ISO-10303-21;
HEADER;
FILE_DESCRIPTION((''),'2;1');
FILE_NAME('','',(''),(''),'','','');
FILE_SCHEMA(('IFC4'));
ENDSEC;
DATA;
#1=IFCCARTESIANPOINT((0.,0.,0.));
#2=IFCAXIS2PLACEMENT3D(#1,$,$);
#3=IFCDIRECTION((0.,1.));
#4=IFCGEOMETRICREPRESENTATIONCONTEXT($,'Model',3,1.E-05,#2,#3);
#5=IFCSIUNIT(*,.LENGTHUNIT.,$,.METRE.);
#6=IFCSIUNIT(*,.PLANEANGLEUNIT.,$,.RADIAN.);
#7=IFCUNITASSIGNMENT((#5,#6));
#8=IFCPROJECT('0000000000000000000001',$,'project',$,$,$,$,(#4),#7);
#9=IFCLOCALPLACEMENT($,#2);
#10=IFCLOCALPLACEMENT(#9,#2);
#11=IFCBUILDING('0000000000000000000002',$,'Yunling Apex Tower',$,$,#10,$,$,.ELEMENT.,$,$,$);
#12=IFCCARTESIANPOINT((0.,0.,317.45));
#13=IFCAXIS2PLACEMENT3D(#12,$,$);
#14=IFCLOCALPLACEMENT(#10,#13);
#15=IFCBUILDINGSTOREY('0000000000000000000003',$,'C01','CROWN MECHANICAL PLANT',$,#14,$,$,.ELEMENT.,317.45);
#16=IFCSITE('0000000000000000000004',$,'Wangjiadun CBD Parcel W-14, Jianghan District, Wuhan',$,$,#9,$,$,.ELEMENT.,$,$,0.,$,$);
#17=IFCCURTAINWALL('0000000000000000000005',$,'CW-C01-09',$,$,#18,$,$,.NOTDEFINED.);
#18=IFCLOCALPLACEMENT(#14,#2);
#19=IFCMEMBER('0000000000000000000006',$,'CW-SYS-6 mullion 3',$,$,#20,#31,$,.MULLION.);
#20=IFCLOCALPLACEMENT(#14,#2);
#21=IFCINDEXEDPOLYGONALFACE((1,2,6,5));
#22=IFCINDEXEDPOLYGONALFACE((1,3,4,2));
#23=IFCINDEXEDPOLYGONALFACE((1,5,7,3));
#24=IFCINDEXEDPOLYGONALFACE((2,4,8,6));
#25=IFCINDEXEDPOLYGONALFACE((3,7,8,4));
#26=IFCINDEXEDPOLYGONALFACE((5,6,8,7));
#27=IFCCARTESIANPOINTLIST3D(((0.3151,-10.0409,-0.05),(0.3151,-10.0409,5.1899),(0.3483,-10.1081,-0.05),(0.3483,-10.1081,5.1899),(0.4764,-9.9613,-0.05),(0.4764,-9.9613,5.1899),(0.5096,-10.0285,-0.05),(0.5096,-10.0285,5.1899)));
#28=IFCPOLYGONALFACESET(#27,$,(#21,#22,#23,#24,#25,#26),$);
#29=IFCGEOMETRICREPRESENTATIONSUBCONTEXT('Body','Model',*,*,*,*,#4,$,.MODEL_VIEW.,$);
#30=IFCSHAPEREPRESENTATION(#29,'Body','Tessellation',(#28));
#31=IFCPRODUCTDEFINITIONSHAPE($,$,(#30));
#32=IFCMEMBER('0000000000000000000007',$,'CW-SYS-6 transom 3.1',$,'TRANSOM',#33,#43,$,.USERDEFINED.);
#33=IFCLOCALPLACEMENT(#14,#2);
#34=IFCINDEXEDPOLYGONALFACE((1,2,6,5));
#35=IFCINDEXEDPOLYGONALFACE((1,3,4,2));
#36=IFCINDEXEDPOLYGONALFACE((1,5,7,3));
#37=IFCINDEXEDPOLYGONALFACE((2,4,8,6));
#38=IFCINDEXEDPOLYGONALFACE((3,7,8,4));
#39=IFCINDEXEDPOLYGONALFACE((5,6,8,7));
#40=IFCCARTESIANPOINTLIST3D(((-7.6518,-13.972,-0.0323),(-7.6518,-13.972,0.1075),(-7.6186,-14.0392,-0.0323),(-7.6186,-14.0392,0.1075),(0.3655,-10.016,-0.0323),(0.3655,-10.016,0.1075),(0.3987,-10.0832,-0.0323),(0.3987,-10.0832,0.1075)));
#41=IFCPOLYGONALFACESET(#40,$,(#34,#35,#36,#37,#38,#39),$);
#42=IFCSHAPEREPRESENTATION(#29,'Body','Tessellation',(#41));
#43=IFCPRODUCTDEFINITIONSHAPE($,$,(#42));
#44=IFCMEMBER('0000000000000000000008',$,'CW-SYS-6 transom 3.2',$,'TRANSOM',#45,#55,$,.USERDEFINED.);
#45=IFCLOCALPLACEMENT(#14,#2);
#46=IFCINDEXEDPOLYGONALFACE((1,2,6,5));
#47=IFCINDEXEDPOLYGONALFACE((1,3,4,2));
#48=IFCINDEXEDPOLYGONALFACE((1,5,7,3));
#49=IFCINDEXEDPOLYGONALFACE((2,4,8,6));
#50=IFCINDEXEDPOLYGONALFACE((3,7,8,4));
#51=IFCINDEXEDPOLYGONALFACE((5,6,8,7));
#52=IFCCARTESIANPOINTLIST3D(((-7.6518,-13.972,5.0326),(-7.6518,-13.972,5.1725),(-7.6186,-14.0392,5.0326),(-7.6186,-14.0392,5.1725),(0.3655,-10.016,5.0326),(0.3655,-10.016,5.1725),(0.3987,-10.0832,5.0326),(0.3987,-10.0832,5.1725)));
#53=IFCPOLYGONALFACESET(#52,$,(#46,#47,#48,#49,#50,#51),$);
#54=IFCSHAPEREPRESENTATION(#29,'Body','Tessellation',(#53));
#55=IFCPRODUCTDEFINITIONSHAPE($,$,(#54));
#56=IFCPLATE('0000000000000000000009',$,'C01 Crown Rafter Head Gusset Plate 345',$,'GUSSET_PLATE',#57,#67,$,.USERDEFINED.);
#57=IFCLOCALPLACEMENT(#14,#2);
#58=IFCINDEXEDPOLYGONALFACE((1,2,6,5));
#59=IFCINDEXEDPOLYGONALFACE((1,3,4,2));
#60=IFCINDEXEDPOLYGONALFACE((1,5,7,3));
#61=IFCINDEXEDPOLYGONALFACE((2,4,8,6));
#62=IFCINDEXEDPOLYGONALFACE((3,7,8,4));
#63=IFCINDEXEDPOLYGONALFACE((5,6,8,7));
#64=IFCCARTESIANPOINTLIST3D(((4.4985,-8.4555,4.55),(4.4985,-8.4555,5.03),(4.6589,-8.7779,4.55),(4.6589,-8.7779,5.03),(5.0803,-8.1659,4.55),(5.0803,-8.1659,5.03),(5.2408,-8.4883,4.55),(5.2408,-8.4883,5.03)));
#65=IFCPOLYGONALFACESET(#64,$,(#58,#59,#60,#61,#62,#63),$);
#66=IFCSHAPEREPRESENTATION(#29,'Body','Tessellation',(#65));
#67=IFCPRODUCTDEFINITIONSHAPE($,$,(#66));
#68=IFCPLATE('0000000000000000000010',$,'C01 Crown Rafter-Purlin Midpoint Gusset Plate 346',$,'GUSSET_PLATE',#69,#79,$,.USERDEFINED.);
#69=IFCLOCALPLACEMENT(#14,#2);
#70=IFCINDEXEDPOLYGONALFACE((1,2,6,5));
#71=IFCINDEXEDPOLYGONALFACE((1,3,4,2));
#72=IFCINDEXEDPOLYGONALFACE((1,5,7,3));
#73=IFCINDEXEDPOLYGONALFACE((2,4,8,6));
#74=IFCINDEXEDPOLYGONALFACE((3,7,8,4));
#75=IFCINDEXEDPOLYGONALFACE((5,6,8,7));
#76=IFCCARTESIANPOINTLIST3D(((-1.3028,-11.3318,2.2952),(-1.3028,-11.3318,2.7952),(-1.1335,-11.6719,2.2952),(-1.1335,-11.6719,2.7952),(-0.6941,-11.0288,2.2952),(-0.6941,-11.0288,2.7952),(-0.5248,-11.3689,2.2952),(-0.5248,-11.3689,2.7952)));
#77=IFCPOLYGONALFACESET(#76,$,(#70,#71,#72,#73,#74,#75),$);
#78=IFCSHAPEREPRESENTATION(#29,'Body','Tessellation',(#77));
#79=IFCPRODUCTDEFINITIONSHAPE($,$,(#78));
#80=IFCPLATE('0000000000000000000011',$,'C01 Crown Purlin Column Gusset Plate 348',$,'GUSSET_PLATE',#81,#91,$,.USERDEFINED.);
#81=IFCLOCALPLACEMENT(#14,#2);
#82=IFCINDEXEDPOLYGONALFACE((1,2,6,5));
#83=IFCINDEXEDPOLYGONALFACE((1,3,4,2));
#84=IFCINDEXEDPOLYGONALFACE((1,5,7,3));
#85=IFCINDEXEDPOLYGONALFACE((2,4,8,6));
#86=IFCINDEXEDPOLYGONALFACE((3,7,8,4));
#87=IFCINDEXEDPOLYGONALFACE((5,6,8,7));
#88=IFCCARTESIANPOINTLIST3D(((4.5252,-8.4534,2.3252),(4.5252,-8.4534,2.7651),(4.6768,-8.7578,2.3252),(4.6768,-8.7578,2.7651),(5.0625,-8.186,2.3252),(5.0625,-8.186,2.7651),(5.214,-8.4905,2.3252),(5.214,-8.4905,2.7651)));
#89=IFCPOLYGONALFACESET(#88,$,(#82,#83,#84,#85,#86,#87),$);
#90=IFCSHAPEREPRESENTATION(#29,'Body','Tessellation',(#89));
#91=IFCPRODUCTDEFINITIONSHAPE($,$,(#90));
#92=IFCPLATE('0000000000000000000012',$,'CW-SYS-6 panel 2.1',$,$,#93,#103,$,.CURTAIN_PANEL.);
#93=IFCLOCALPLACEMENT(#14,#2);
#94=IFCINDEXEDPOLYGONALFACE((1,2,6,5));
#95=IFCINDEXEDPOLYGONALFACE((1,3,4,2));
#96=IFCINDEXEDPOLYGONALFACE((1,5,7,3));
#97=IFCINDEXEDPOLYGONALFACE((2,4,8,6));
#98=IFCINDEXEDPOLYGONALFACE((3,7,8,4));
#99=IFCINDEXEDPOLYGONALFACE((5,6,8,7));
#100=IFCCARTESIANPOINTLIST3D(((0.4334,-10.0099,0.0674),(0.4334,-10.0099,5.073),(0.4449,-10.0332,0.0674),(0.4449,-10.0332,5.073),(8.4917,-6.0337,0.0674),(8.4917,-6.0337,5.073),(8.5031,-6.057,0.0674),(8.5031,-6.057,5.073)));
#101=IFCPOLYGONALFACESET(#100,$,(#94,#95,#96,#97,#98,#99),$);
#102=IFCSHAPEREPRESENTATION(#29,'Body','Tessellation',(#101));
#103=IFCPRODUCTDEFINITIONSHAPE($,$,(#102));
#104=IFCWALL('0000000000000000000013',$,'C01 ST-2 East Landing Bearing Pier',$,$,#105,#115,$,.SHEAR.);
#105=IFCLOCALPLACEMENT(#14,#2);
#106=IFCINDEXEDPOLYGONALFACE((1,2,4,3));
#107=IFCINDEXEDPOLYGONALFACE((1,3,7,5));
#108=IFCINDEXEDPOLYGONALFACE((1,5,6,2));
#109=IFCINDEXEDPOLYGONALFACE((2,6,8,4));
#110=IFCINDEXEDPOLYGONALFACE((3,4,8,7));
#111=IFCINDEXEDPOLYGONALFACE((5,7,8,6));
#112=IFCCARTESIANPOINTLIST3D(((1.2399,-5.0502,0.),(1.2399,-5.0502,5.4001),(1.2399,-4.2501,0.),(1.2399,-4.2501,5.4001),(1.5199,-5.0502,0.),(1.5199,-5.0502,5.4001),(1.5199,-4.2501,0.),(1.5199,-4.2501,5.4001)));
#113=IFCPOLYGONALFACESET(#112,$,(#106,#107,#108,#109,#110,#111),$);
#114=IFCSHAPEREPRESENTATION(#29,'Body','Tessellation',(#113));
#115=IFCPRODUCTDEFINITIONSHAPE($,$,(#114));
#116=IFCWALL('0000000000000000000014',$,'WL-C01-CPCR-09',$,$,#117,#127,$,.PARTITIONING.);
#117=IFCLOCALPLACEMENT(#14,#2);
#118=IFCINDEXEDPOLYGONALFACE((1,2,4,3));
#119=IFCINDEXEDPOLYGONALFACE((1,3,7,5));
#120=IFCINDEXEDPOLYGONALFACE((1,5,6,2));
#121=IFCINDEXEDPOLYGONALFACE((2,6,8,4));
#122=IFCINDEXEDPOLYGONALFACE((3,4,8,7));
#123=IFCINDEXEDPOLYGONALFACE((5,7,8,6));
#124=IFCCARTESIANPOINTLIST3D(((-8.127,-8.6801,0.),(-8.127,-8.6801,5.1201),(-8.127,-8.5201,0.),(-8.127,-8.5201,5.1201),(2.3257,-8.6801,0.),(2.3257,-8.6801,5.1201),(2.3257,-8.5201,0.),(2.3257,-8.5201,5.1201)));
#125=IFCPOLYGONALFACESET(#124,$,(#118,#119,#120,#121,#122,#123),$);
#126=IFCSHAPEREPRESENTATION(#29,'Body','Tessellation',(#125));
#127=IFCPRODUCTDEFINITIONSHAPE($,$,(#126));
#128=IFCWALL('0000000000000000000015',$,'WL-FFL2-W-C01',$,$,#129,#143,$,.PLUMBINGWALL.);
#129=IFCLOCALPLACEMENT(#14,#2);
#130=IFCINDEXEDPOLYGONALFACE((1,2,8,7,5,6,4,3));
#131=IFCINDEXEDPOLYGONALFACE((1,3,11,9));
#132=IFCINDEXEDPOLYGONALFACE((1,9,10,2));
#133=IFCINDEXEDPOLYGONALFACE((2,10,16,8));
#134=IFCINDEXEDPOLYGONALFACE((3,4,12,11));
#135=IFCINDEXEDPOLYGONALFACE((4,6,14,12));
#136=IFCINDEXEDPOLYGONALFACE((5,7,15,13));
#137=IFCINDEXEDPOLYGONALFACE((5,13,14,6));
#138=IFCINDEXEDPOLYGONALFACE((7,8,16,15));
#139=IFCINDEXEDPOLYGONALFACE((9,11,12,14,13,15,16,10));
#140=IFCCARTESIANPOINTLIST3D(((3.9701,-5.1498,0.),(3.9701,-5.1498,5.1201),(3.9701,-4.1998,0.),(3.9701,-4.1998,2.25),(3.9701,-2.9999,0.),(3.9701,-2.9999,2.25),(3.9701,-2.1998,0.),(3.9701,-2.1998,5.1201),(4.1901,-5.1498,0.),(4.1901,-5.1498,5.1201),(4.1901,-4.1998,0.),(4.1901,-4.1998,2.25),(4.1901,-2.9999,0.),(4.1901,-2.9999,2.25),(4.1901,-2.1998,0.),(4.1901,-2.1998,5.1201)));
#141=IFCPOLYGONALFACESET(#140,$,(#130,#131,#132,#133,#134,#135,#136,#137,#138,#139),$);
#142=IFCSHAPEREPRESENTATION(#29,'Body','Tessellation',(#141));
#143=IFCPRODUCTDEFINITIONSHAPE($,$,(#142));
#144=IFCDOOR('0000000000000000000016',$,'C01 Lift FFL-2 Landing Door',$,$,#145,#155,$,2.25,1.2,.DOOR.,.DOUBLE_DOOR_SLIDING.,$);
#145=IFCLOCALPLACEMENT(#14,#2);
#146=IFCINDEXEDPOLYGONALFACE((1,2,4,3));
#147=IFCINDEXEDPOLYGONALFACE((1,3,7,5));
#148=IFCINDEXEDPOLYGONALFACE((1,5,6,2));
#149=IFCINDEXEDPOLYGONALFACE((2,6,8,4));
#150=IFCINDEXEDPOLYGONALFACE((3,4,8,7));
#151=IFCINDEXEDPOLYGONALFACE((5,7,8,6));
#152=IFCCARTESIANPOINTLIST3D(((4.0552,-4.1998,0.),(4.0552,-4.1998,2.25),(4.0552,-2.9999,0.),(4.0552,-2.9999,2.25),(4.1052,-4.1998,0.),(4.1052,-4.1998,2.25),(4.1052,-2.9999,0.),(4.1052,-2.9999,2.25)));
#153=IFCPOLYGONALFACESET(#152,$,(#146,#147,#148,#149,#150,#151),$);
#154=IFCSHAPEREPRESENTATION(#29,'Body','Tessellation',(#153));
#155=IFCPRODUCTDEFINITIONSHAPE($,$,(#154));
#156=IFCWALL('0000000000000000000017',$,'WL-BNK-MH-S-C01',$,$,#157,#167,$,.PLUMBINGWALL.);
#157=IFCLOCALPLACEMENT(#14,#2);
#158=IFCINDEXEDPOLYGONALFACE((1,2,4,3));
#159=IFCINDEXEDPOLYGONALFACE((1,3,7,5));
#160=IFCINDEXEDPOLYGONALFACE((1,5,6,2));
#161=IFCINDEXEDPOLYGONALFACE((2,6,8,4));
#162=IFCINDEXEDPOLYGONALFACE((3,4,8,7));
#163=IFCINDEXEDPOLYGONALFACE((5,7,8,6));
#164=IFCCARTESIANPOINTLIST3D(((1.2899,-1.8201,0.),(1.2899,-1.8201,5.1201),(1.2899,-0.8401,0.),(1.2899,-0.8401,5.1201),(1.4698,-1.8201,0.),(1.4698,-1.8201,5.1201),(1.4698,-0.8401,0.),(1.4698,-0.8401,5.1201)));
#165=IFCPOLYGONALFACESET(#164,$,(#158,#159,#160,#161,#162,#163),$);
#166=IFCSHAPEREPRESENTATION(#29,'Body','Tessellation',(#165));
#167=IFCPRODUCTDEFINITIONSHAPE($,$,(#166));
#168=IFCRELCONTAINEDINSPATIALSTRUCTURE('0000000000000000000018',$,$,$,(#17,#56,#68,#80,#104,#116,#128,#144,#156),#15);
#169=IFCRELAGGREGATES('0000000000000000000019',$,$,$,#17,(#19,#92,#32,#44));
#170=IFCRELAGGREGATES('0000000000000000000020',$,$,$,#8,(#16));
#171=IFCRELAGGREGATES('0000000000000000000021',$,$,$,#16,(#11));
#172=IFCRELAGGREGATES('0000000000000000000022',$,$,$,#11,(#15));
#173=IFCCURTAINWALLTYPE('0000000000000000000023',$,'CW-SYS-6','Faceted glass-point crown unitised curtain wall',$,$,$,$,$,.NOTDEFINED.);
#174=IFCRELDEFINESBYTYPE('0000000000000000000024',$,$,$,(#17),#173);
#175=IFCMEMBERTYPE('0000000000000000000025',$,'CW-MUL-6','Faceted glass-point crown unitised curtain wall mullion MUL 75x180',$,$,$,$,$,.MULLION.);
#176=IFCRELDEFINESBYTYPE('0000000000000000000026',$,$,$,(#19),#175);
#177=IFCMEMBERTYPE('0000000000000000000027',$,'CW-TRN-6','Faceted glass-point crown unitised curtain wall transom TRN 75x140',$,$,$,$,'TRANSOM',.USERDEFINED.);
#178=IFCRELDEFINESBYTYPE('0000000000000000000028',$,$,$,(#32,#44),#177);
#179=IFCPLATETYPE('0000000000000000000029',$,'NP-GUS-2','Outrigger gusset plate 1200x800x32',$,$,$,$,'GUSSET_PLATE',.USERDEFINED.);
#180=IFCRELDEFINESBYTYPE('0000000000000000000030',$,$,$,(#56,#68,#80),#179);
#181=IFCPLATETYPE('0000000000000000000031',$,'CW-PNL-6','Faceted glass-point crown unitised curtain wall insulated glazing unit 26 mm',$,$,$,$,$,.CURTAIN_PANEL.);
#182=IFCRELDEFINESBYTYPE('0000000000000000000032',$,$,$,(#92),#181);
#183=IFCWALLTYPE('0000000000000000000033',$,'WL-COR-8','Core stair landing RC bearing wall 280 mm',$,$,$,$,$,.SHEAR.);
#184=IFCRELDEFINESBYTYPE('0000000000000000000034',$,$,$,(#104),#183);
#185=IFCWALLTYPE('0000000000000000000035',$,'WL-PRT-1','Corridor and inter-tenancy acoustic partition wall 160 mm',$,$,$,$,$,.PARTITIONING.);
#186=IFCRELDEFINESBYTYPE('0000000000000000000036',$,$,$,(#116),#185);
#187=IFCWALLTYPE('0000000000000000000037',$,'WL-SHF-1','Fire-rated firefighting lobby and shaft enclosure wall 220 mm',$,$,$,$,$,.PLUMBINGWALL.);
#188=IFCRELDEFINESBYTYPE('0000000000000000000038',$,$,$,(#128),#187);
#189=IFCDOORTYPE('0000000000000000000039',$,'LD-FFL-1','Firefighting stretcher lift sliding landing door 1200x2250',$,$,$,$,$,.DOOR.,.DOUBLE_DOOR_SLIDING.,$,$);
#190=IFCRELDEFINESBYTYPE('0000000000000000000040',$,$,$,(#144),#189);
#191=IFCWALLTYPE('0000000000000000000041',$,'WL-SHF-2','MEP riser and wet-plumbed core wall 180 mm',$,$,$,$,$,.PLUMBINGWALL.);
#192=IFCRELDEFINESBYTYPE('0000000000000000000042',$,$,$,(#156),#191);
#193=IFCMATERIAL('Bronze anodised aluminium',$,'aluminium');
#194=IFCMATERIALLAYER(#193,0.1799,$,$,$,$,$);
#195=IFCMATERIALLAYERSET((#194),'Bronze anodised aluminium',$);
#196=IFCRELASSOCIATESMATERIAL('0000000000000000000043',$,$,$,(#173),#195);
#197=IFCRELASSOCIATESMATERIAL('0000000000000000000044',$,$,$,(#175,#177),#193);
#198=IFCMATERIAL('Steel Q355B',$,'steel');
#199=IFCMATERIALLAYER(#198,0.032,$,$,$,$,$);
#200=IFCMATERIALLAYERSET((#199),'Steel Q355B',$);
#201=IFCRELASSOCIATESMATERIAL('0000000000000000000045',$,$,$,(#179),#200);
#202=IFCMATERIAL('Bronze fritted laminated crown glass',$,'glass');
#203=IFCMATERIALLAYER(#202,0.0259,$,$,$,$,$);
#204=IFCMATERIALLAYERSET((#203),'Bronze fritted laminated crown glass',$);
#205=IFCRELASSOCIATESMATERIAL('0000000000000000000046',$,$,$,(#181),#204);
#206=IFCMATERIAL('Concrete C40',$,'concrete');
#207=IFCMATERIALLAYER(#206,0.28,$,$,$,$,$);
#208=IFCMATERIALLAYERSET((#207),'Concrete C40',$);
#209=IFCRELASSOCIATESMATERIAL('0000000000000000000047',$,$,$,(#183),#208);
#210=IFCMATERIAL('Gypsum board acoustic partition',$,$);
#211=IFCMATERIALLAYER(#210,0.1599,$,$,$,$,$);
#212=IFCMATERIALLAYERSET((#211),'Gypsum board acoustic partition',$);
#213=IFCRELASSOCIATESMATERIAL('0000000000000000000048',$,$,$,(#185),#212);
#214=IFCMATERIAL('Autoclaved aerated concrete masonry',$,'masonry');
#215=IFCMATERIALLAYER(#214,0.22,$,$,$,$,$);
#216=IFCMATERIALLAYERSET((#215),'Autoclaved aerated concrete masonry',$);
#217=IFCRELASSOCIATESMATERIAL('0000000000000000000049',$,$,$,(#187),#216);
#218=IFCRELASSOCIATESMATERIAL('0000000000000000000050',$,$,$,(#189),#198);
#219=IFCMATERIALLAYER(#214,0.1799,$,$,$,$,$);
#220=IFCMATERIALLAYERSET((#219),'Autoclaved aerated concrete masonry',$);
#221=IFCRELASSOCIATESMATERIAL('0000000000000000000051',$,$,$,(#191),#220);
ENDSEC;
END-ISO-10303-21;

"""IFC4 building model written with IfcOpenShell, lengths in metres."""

from ifc_helpers import new_model, si_unit, direction, frame, frame_2d, origin, origin_2d, place, context, subcontext, project, spatial, rectangle, extrude, source, transform, mapped, material, layer, layer_set, material_profile, profile_set, type_object, element, fill, aggregate, save


model = new_model("IFC4")

# Units and contexts
model_context = context("Model", 3, precision=1e-05, world=origin(), true_north=direction((0.0, 1.0)))
body_context = subcontext(model_context, "Body", "Model", "MODEL_VIEW")
ifc_project = project(units=[si_unit("LENGTHUNIT", "METRE"), si_unit("PLANEANGLEUNIT", "RADIAN")], contexts=[model_context])

# Site, building, storey
site_placement = place(None, origin())
site = spatial("IfcSite", under=ifc_project, at=site_placement, Name="Wangjiadun CBD Parcel W-14, Jianghan District, Wuhan", CompositionType="ELEMENT", RefElevation=0.0)
building_placement = place(site_placement, origin())
building = spatial("IfcBuilding", under=site, at=building_placement, Name="Yunling Apex Tower", CompositionType="ELEMENT")
storey_placement = place(building_placement, frame((0.0, 0.0, 317.45)))
storey = spatial("IfcBuildingStorey", under=building, at=storey_placement, Name="C01", Description="CROWN MECHANICAL PLANT", CompositionType="ELEMENT", Elevation=317.45)

# Shared definitions
ifc_material_1 = material(Name="Steel Q355B", Category="steel")

# Curtain wall, members
ifc_material_2 = material(Name="Bronze anodised aluminium", Category="aluminium")
ifc_layer_1 = layer(ifc_material_2, 0.1799)
ifc_layer_set_1 = layer_set([ifc_layer_1], Name="Bronze anodised aluminium")
curtain_wall_type = type_object("IfcCurtainWallType", Name="CW-SYS-6", Description="Faceted glass-point crown unitised curtain wall", PredefinedType="NOTDEFINED", material=ifc_layer_set_1)
curtain_wall_placement = place(storey_placement, origin())
curtain_wall = element("IfcCurtainWall", 1, at=curtain_wall_placement, inside=storey, type_object=curtain_wall_type, Name="CW-C01-09", PredefinedType="NOTDEFINED")
ifc_material_profile_1 = material_profile(ifc_material_2, rectangle(XDim=0.075, YDim=0.1799, at=origin_2d()))
ifc_profile_set_1 = profile_set([ifc_material_profile_1], Name="Bronze anodised aluminium")
member_type_1 = type_object("IfcMemberType", Name="CW-MUL-6", Description="Faceted glass-point crown unitised curtain wall mullion MUL 75x180", PredefinedType="MULLION", material=ifc_profile_set_1)
shared_shape_1 = source(origin(), body_context, "Body", "SweptSolid", [
    extrude(rectangle(XDim=0.075, YDim=0.1799, at=origin_2d()), origin(), (0.0, 0.0, 1.0), 5.24),
])
member_1_placement = place(storey_placement, frame((0.4124, -10.0347, -0.05), z_axis=(0.0, 0.0, 1.0), x_axis=(0.442496, -0.89677, 0.0)))
member_1 = element("IfcMember", 2, at=member_1_placement, type_object=member_type_1, Name="CW-SYS-6 mullion 3", PredefinedType="MULLION", context=body_context, shape_type="MappedRepresentation", body=[
    mapped(shared_shape_1, transform((0.0, 0.0, 0.0), scale=1.0)),
])
ifc_material_profile_2 = material_profile(ifc_material_2, rectangle(XDim=0.075, YDim=0.1399, at=origin_2d()))
ifc_profile_set_2 = profile_set([ifc_material_profile_2], Name="Bronze anodised aluminium")
member_type_2 = type_object("IfcMemberType", Name="CW-TRN-6", Description="Faceted glass-point crown unitised curtain wall transom TRN 75x140", ElementType="TRANSOM", PredefinedType="USERDEFINED", material=ifc_profile_set_2)
shared_shape_2 = source(origin(), body_context, "Body", "SweptSolid", [
    extrude(rectangle(XDim=0.075, YDim=0.1399, at=origin_2d()), origin(), (0.0, 0.0, 1.0), 8.9402),
])
member_2_placement = place(storey_placement, frame((0.3821, -10.0496, 0.0376), z_axis=(-0.896769, -0.442499, 0.0), x_axis=(0.442499, -0.896769, 0.0)))
member_2 = element("IfcMember", 3, at=member_2_placement, type_object=member_type_2, Name="CW-SYS-6 transom 3.1", ObjectType="TRANSOM", PredefinedType="USERDEFINED", context=body_context, shape_type="MappedRepresentation", body=[
    mapped(shared_shape_2, transform((0.0, 0.0, 0.0), scale=1.0)),
])
member_3_placement = place(storey_placement, frame((0.3821, -10.0496, 5.1025), z_axis=(-0.896769, -0.442499, 0.0), x_axis=(0.442499, -0.896769, 0.0)))
member_3 = element("IfcMember", 4, at=member_3_placement, type_object=member_type_2, Name="CW-SYS-6 transom 3.2", ObjectType="TRANSOM", PredefinedType="USERDEFINED", context=body_context, shape_type="MappedRepresentation", body=[
    mapped(shared_shape_2, transform((0.0, 0.0, 0.0), scale=1.0)),
])

# Plates
ifc_layer_2 = layer(ifc_material_1, 0.032)
ifc_layer_set_2 = layer_set([ifc_layer_2], Name="Steel Q355B")
plate_type_1 = type_object("IfcPlateType", Name="NP-GUS-2", Description="Outrigger gusset plate 1200x800x32", ElementType="GUSSET_PLATE", PredefinedType="USERDEFINED", material=ifc_layer_set_2)
shared_shape_3 = source(origin(), body_context, "Body", "SweptSolid", [
    extrude(rectangle(XDim=0.6499, YDim=0.3601, at=origin_2d()), origin(), (0.0, 0.0, 1.0), 0.48),
])
plate_1_placement = place(storey_placement, frame((4.8696, -8.4719, 4.55), z_axis=(0.0, 0.0, 1.0), x_axis=(0.895246, 0.445573, 0.0)))
element("IfcPlate", 5, at=plate_1_placement, inside=storey, type_object=plate_type_1, Name="C01 Crown Rafter Head Gusset Plate 345", ObjectType="GUSSET_PLATE", PredefinedType="USERDEFINED", context=body_context, shape_type="MappedRepresentation", body=[
    mapped(shared_shape_3, transform((0.0, 0.0, 0.0), scale=1.0)),
])
shared_shape_4 = source(origin(), body_context, "Body", "SweptSolid", [
    extrude(rectangle(XDim=0.6799, YDim=0.3799, at=origin_2d()), origin(), (0.0, 0.0, 1.0), 0.5),
])
plate_2_placement = place(storey_placement, frame((-0.9138, -11.3503, 2.2952), z_axis=(0.0, 0.0, 1.0), x_axis=(0.895246, 0.445573, 0.0)))
element("IfcPlate", 6, at=plate_2_placement, inside=storey, type_object=plate_type_1, Name="C01 Crown Rafter-Purlin Midpoint Gusset Plate 346", ObjectType="GUSSET_PLATE", PredefinedType="USERDEFINED", context=body_context, shape_type="MappedRepresentation", body=[
    mapped(shared_shape_4, transform((0.0, 0.0, 0.0), scale=1.0)),
])
shared_shape_5 = source(origin(), body_context, "Body", "SweptSolid", [
    extrude(rectangle(XDim=0.6001, YDim=0.3401, at=origin_2d()), origin(), (0.0, 0.0, 1.0), 0.4399),
])
plate_3_placement = place(storey_placement, frame((4.8696, -8.4719, 2.3252), z_axis=(0.0, 0.0, 1.0), x_axis=(0.895246, 0.445573, 0.0)))
element("IfcPlate", 7, at=plate_3_placement, inside=storey, type_object=plate_type_1, Name="C01 Crown Purlin Column Gusset Plate 348", ObjectType="GUSSET_PLATE", PredefinedType="USERDEFINED", context=body_context, shape_type="MappedRepresentation", body=[
    mapped(shared_shape_5, transform((0.0, 0.0, 0.0), scale=1.0)),
])

# Plate
ifc_material_3 = material(Name="Bronze fritted laminated crown glass", Category="glass")
ifc_layer_3 = layer(ifc_material_3, 0.0259)
ifc_layer_set_3 = layer_set([ifc_layer_3], Name="Bronze fritted laminated crown glass")
plate_type_2 = type_object("IfcPlateType", Name="CW-PNL-6", Description="Faceted glass-point crown unitised curtain wall insulated glazing unit 26 mm", PredefinedType="CURTAIN_PANEL", material=ifc_layer_set_3)
shared_shape_6 = source(origin(), body_context, "Body", "SweptSolid", [
    extrude(rectangle(XDim=8.9858, YDim=0.0259, at=origin_2d()), origin(), (0.0, 0.0, 1.0), 5.0056),
])
plate_4_placement = place(storey_placement, frame((4.4683, -8.0334, 0.0674), z_axis=(0.0, 0.0, 1.0), x_axis=(-0.89677, -0.442496, 0.0)))
plate_4 = element("IfcPlate", 8, at=plate_4_placement, type_object=plate_type_2, Name="CW-SYS-6 panel 2.1", PredefinedType="CURTAIN_PANEL", context=body_context, shape_type="MappedRepresentation", body=[
    mapped(shared_shape_6, transform((0.0, 0.0, 0.0), scale=1.0)),
])
aggregate(curtain_wall, [member_1, plate_4, member_2, member_3])

# Walls
ifc_material_4 = material(Name="Concrete C40", Category="concrete")
ifc_layer_4 = layer(ifc_material_4, 0.28)
ifc_layer_set_4 = layer_set([ifc_layer_4], Name="Concrete C40")
wall_type_1 = type_object("IfcWallType", Name="WL-COR-8", Description="Core stair landing RC bearing wall 280 mm", PredefinedType="SHEAR", material=ifc_layer_set_4)
wall_1_placement = place(storey_placement, frame((1.3799, -5.05, 0.0), z_axis=(0.0, 0.0, 1.0), x_axis=(0.0, 1.0, 0.0)))
element("IfcWall", 9, at=wall_1_placement, inside=storey, type_object=wall_type_1, Name="C01 ST-2 East Landing Bearing Pier", PredefinedType="SHEAR", context=body_context, shape_type="SweptSolid", body=[
    extrude(rectangle(XDim=0.8, YDim=0.28, at=frame_2d((0.3999, 0.0))), origin(), (0.0, 0.0, 1.0), 5.4001),
])
ifc_material_5 = material(Name="Gypsum board acoustic partition")
ifc_layer_5 = layer(ifc_material_5, 0.1599)
ifc_layer_set_5 = layer_set([ifc_layer_5], Name="Gypsum board acoustic partition")
wall_type_2 = type_object("IfcWallType", Name="WL-PRT-1", Description="Corridor and inter-tenancy acoustic partition wall 160 mm", PredefinedType="PARTITIONING", material=ifc_layer_set_5)
wall_2_placement = place(storey_placement, frame((2.3257, -8.6001, 0.0), z_axis=(0.0, 0.0, 1.0), x_axis=(-1.0, 0.0, 0.0)))
element("IfcWall", 10, at=wall_2_placement, inside=storey, type_object=wall_type_2, Name="WL-C01-CPCR-09", PredefinedType="PARTITIONING", context=body_context, shape_type="SweptSolid", body=[
    extrude(rectangle(XDim=10.4526, YDim=0.1599, at=frame_2d((5.2263, 0.0))), origin(), (0.0, 0.0, 1.0), 5.1201),
])

# Wall, opening, door
ifc_material_6 = material(Name="Autoclaved aerated concrete masonry", Category="masonry")
ifc_layer_6 = layer(ifc_material_6, 0.22)
ifc_layer_set_6 = layer_set([ifc_layer_6], Name="Autoclaved aerated concrete masonry")
wall_type_3 = type_object("IfcWallType", Name="WL-SHF-1", Description="Fire-rated firefighting lobby and shaft enclosure wall 220 mm", PredefinedType="PLUMBINGWALL", material=ifc_layer_set_6)
wall_3_placement = place(storey_placement, frame((4.0801, -5.1499, 0.0), z_axis=(0.0, 0.0, 1.0), x_axis=(0.0, 1.0, 0.0)))
wall_3 = element("IfcWall", 11, at=wall_3_placement, inside=storey, type_object=wall_type_3, Name="WL-FFL2-W-C01", PredefinedType="PLUMBINGWALL", context=body_context, shape_type="SweptSolid", body=[
    extrude(rectangle(XDim=2.95, YDim=0.22, at=frame_2d((1.4751, 0.0))), origin(), (0.0, 0.0, 1.0), 5.1201),
])
opening_1_placement = place(wall_3_placement, frame((0.95, 0.0, 0.0)))
opening_1 = element("IfcOpeningElement", 12, at=opening_1_placement, cuts=wall_3, PredefinedType="OPENING", context=body_context, shape_type="SweptSolid", body=[
    extrude(rectangle(XDim=1.2, YDim=2.25, at=frame_2d((0.6001, 1.125))), frame((0.0, 0.1201, 0.0), z_axis=(0.0, -1.0, 0.0), x_axis=(1.0, 0.0, 0.0)), (0.0, 0.0, 1.0), 0.24),
])
door_type_1 = type_object("IfcDoorType", Name="LD-FFL-1", Description="Firefighting stretcher lift sliding landing door 1200x2250", OperationType="DOUBLE_DOOR_SLIDING", PredefinedType="DOOR", material=ifc_material_1)
door_1_placement = place(opening_1_placement, origin())
door_1 = element("IfcDoor", 13, at=door_1_placement, inside=storey, type_object=door_type_1, Name="C01 Lift FFL-2 Landing Door", OperationType="DOUBLE_DOOR_SLIDING", OverallHeight=2.25, OverallWidth=1.2, PredefinedType="DOOR", context=body_context, shape_type="SweptSolid", body=[
    extrude(rectangle(XDim=1.2, YDim=2.25, at=frame_2d((0.6001, 1.125))), frame((0.0, 0.0249, 0.0), z_axis=(0.0, -1.0, 0.0), x_axis=(1.0, 0.0, 0.0)), (0.0, 0.0, 1.0), 0.05),
])
fill(opening_1, door_1)

# Wall
ifc_layer_7 = layer(ifc_material_6, 0.1799)
ifc_layer_set_7 = layer_set([ifc_layer_7], Name="Autoclaved aerated concrete masonry")
wall_type_4 = type_object("IfcWallType", Name="WL-SHF-2", Description="MEP riser and wet-plumbed core wall 180 mm", PredefinedType="PLUMBINGWALL", material=ifc_layer_set_7)
for number, where, z_axis, x_axis, name in (
    (14, (1.3799, -1.8201, 0.0), (0.0, 0.0, 1.0), (0.0, 1.0, 0.0), "WL-BNK-MH-S-C01"),
):
    element("IfcWall", number, at=place(storey_placement, frame(where, z_axis=z_axis, x_axis=x_axis)), inside=storey, type_object=wall_type_4, Name=name, PredefinedType="PLUMBINGWALL", context=body_context, shape_type="SweptSolid", body=[
        extrude(rectangle(XDim=0.98, YDim=0.1799, at=frame_2d((0.49, 0.0))), origin(), (0.0, 0.0, 1.0), 5.1201),
    ])

save(model, "model.ifc")
